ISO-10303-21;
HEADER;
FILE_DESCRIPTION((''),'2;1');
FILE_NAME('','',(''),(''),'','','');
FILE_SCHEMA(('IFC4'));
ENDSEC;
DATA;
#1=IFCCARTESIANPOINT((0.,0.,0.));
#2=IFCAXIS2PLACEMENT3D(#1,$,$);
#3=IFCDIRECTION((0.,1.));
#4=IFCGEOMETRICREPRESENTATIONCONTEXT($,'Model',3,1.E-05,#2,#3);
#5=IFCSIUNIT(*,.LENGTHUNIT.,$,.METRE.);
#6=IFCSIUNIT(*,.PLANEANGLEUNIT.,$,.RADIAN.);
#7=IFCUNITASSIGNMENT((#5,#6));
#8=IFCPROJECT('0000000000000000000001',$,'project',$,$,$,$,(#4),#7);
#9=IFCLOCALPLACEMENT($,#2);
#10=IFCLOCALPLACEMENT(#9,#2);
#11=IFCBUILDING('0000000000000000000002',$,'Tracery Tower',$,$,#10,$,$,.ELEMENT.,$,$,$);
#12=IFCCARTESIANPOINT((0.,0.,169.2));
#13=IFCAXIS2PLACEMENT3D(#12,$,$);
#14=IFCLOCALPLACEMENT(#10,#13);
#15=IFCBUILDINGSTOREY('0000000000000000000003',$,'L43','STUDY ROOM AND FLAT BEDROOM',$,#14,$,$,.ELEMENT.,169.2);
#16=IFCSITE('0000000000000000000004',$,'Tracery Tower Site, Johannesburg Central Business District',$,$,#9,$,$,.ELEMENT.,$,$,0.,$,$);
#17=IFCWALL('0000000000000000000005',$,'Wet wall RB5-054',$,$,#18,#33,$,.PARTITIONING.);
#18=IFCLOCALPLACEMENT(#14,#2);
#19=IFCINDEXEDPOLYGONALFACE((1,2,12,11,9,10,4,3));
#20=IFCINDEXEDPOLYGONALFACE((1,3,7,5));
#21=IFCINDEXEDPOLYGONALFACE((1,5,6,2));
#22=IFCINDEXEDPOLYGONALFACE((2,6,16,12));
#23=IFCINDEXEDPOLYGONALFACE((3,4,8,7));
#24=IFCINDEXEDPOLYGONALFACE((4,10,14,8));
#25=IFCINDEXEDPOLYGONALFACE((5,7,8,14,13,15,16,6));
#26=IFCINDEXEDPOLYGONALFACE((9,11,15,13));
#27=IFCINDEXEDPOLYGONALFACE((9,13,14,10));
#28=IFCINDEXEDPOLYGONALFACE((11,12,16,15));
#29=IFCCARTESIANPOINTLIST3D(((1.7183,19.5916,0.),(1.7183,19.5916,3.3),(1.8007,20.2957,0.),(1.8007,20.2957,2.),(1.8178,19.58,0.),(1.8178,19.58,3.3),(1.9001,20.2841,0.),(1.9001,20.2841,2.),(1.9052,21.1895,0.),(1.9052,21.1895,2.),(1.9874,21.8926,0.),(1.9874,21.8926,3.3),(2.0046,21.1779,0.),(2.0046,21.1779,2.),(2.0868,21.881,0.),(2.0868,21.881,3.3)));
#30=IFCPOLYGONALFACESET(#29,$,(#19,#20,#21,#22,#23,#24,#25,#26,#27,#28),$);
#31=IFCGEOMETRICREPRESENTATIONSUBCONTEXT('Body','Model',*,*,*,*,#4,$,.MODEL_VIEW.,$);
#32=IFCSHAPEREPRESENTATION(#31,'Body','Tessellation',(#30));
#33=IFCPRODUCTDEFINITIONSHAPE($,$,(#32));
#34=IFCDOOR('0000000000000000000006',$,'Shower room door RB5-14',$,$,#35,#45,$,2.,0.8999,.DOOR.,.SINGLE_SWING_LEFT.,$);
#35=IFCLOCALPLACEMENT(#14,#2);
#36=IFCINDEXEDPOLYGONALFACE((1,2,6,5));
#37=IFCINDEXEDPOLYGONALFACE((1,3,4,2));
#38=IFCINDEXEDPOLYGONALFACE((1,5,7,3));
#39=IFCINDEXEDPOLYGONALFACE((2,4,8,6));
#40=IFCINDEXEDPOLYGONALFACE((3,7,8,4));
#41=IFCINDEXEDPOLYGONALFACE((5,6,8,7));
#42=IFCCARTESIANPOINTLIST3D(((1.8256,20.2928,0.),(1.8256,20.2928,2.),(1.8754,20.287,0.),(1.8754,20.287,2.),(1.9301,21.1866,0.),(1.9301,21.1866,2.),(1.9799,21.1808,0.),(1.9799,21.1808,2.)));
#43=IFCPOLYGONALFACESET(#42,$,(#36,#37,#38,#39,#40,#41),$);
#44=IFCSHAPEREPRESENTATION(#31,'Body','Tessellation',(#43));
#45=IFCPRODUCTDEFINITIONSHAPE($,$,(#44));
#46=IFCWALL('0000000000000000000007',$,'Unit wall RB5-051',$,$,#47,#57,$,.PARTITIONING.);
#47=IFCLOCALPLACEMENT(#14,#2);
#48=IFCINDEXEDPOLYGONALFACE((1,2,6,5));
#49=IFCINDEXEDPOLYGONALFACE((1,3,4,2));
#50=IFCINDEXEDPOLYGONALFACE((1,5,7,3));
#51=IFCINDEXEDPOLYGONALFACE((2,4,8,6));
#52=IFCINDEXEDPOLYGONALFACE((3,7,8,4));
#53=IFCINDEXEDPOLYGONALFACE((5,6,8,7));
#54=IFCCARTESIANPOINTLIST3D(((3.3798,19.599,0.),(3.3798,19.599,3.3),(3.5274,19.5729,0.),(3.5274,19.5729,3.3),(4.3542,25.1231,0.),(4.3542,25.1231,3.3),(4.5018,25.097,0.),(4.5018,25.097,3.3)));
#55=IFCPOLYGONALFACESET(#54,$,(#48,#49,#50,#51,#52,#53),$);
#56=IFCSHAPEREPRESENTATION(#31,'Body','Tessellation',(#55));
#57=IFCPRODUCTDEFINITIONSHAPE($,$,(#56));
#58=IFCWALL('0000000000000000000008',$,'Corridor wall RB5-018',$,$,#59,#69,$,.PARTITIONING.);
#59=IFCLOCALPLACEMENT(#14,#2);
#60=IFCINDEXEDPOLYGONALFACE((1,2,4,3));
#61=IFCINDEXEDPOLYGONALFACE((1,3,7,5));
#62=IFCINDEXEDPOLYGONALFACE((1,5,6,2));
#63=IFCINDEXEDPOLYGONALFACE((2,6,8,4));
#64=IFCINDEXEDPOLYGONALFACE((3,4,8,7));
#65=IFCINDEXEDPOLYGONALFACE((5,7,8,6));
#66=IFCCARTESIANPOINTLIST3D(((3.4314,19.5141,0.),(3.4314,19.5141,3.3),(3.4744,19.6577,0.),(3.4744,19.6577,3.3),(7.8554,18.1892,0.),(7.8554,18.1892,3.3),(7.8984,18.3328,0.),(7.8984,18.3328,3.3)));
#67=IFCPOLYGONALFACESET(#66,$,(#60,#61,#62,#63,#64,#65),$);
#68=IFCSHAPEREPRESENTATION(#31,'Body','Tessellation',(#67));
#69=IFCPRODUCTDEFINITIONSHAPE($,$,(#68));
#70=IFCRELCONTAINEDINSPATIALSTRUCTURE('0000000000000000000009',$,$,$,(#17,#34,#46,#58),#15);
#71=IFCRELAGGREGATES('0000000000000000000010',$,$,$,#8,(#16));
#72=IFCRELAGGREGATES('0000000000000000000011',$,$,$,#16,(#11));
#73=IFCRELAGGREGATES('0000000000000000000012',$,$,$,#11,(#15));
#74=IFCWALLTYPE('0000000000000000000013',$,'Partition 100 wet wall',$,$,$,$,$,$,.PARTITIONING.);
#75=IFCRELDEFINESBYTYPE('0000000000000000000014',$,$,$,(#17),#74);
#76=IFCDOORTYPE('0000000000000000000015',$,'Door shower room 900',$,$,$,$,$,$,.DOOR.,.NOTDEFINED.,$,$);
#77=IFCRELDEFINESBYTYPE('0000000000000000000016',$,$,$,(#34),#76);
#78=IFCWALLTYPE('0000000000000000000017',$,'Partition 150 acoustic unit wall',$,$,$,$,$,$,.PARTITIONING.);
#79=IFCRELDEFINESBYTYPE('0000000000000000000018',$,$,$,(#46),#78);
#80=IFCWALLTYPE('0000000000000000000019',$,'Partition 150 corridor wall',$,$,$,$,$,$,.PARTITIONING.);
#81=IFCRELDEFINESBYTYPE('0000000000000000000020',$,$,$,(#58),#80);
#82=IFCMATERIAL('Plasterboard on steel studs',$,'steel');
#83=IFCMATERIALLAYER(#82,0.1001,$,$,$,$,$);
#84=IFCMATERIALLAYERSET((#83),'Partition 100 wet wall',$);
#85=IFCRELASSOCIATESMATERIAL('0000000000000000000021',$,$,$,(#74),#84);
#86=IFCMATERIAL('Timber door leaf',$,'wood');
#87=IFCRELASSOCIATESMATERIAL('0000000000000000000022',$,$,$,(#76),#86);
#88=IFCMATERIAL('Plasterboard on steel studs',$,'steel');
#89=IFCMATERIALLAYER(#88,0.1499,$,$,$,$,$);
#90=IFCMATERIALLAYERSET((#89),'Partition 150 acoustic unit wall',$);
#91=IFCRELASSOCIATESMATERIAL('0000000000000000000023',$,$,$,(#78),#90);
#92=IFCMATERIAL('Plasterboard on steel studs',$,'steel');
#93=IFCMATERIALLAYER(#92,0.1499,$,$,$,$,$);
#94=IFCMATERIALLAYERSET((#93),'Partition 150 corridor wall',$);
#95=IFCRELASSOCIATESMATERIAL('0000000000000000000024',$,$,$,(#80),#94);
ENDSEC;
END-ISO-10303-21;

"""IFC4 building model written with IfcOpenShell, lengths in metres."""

from ifc_helpers import new_model, si_unit, direction, frame, frame_2d, origin, place, context, subcontext, project, spatial, rectangle, extrude, material, layer, layer_set, type_object, element, fill, save


model = new_model("IFC4")

# Units and contexts
model_context = context("Model", 3, precision=1e-05, world=origin(), true_north=direction((0.0, 1.0)))
body_context = subcontext(model_context, "Body", "Model", "MODEL_VIEW")
ifc_project = project(units=[si_unit("LENGTHUNIT", "METRE"), si_unit("PLANEANGLEUNIT", "RADIAN")], contexts=[model_context])

# Site, building, storey
site_placement = place(None, origin())
site = spatial("IfcSite", under=ifc_project, at=site_placement, Name="Tracery Tower Site, Johannesburg Central Business District", CompositionType="ELEMENT", RefElevation=0.0)
building_placement = place(site_placement, origin())
building = spatial("IfcBuilding", under=site, at=building_placement, Name="Tracery Tower", CompositionType="ELEMENT")
storey_placement = place(building_placement, frame((0.0, 0.0, 169.2)))
storey = spatial("IfcBuildingStorey", under=building, at=storey_placement, Name="L43", Description="STUDY ROOM AND FLAT BEDROOM", CompositionType="ELEMENT", Elevation=169.2)

# Shared definitions
ifc_material_1 = material(Name="Plasterboard on steel studs", Category="steel")
ifc_layer_1 = layer(ifc_material_1, 0.1001)
ifc_layer_set_1 = layer_set([ifc_layer_1], Name="Partition 100 wet wall")
wall_type_1 = type_object("IfcWallType", Name="Partition 100 wet wall", PredefinedType="PARTITIONING", material=ifc_layer_set_1)

# Wall, opening, door
wall_1_placement = place(storey_placement, frame((1.7681, 19.5859, 0.0), z_axis=(0.0, 0.0, 1.0), x_axis=(0.116132, 0.993234, 0.0)))
wall_1 = element("IfcWall", 1, at=wall_1_placement, inside=storey, type_object=wall_type_1, Name="Wet wall RB5-054", PredefinedType="PARTITIONING", context=body_context, shape_type="SweptSolid", body=[
    extrude(rectangle(XDim=2.3167, YDim=0.1001, at=frame_2d((1.1582, 0.0))), origin(), (0.0, 0.0, 1.0), 3.3),
])
opening_1_placement = place(wall_1_placement, frame((0.7087, 0.0, 0.0)))
opening_1 = element("IfcOpeningElement", 2, at=opening_1_placement, cuts=wall_1, PredefinedType="OPENING", context=body_context, shape_type="SweptSolid", body=[
    extrude(rectangle(XDim=0.8999, YDim=2.0, at=frame_2d((0.45, 1.0))), frame((0.0, 0.05, 0.0), z_axis=(0.0, -1.0, 0.0), x_axis=(1.0, 0.0, 0.0)), (0.0, 0.0, 1.0), 0.1001),
])
ifc_material_2 = material(Name="Timber door leaf", Category="wood")
door_type_1 = type_object("IfcDoorType", Name="Door shower room 900", OperationType="NOTDEFINED", PredefinedType="DOOR", material=ifc_material_2)
door_1_placement = place(opening_1_placement, origin())
door_1 = element("IfcDoor", 3, at=door_1_placement, inside=storey, type_object=door_type_1, Name="Shower room door RB5-14", OperationType="SINGLE_SWING_LEFT", OverallHeight=2.0, OverallWidth=0.8999, PredefinedType="DOOR", context=body_context, shape_type="SweptSolid", body=[
    extrude(rectangle(XDim=0.8999, YDim=2.0, at=frame_2d((0.45, 1.0))), frame((0.0, 0.0249, 0.0), z_axis=(0.0, -1.0, 0.0), x_axis=(1.0, 0.0, 0.0)), (0.0, 0.0, 1.0), 0.05),
])
fill(opening_1, door_1)

# Walls
ifc_material_3 = material(Name="Plasterboard on steel studs", Category="steel")
ifc_layer_2 = layer(ifc_material_3, 0.1499)
ifc_layer_set_2 = layer_set([ifc_layer_2], Name="Partition 150 acoustic unit wall")
wall_type_2 = type_object("IfcWallType", Name="Partition 150 acoustic unit wall", PredefinedType="PARTITIONING", material=ifc_layer_set_2)
wall_2_placement = place(storey_placement, frame((3.4536, 19.5859, 0.0), z_axis=(0.0, 0.0, 1.0), x_axis=(0.173701, 0.984798, 0.0)))
element("IfcWall", 4, at=wall_2_placement, inside=storey, type_object=wall_type_2, Name="Unit wall RB5-051", PredefinedType="PARTITIONING", context=body_context, shape_type="SweptSolid", body=[
    extrude(rectangle(XDim=5.6094, YDim=0.1499, at=frame_2d((2.8047, 0.0))), origin(), (0.0, 0.0, 1.0), 3.3),
])
ifc_material_4 = material(Name="Plasterboard on steel studs", Category="steel")
ifc_layer_3 = layer(ifc_material_4, 0.1499)
ifc_layer_set_3 = layer_set([ifc_layer_3], Name="Partition 150 corridor wall")
wall_type_3 = type_object("IfcWallType", Name="Partition 150 corridor wall", PredefinedType="PARTITIONING", material=ifc_layer_set_3)
wall_3_placement = place(storey_placement, frame((3.4529, 19.5859, 0.0), z_axis=(0.0, 0.0, 1.0), x_axis=(0.957961, -0.286897, 0.0)))
element("IfcWall", 5, at=wall_3_placement, inside=storey, type_object=wall_type_3, Name="Corridor wall RB5-018", PredefinedType="PARTITIONING", context=body_context, shape_type="SweptSolid", body=[
    extrude(rectangle(XDim=4.6182, YDim=0.1499, at=frame_2d((2.3091, 0.0))), origin(), (0.0, 0.0, 1.0), 3.3),
])

save(model, "model.ifc")
